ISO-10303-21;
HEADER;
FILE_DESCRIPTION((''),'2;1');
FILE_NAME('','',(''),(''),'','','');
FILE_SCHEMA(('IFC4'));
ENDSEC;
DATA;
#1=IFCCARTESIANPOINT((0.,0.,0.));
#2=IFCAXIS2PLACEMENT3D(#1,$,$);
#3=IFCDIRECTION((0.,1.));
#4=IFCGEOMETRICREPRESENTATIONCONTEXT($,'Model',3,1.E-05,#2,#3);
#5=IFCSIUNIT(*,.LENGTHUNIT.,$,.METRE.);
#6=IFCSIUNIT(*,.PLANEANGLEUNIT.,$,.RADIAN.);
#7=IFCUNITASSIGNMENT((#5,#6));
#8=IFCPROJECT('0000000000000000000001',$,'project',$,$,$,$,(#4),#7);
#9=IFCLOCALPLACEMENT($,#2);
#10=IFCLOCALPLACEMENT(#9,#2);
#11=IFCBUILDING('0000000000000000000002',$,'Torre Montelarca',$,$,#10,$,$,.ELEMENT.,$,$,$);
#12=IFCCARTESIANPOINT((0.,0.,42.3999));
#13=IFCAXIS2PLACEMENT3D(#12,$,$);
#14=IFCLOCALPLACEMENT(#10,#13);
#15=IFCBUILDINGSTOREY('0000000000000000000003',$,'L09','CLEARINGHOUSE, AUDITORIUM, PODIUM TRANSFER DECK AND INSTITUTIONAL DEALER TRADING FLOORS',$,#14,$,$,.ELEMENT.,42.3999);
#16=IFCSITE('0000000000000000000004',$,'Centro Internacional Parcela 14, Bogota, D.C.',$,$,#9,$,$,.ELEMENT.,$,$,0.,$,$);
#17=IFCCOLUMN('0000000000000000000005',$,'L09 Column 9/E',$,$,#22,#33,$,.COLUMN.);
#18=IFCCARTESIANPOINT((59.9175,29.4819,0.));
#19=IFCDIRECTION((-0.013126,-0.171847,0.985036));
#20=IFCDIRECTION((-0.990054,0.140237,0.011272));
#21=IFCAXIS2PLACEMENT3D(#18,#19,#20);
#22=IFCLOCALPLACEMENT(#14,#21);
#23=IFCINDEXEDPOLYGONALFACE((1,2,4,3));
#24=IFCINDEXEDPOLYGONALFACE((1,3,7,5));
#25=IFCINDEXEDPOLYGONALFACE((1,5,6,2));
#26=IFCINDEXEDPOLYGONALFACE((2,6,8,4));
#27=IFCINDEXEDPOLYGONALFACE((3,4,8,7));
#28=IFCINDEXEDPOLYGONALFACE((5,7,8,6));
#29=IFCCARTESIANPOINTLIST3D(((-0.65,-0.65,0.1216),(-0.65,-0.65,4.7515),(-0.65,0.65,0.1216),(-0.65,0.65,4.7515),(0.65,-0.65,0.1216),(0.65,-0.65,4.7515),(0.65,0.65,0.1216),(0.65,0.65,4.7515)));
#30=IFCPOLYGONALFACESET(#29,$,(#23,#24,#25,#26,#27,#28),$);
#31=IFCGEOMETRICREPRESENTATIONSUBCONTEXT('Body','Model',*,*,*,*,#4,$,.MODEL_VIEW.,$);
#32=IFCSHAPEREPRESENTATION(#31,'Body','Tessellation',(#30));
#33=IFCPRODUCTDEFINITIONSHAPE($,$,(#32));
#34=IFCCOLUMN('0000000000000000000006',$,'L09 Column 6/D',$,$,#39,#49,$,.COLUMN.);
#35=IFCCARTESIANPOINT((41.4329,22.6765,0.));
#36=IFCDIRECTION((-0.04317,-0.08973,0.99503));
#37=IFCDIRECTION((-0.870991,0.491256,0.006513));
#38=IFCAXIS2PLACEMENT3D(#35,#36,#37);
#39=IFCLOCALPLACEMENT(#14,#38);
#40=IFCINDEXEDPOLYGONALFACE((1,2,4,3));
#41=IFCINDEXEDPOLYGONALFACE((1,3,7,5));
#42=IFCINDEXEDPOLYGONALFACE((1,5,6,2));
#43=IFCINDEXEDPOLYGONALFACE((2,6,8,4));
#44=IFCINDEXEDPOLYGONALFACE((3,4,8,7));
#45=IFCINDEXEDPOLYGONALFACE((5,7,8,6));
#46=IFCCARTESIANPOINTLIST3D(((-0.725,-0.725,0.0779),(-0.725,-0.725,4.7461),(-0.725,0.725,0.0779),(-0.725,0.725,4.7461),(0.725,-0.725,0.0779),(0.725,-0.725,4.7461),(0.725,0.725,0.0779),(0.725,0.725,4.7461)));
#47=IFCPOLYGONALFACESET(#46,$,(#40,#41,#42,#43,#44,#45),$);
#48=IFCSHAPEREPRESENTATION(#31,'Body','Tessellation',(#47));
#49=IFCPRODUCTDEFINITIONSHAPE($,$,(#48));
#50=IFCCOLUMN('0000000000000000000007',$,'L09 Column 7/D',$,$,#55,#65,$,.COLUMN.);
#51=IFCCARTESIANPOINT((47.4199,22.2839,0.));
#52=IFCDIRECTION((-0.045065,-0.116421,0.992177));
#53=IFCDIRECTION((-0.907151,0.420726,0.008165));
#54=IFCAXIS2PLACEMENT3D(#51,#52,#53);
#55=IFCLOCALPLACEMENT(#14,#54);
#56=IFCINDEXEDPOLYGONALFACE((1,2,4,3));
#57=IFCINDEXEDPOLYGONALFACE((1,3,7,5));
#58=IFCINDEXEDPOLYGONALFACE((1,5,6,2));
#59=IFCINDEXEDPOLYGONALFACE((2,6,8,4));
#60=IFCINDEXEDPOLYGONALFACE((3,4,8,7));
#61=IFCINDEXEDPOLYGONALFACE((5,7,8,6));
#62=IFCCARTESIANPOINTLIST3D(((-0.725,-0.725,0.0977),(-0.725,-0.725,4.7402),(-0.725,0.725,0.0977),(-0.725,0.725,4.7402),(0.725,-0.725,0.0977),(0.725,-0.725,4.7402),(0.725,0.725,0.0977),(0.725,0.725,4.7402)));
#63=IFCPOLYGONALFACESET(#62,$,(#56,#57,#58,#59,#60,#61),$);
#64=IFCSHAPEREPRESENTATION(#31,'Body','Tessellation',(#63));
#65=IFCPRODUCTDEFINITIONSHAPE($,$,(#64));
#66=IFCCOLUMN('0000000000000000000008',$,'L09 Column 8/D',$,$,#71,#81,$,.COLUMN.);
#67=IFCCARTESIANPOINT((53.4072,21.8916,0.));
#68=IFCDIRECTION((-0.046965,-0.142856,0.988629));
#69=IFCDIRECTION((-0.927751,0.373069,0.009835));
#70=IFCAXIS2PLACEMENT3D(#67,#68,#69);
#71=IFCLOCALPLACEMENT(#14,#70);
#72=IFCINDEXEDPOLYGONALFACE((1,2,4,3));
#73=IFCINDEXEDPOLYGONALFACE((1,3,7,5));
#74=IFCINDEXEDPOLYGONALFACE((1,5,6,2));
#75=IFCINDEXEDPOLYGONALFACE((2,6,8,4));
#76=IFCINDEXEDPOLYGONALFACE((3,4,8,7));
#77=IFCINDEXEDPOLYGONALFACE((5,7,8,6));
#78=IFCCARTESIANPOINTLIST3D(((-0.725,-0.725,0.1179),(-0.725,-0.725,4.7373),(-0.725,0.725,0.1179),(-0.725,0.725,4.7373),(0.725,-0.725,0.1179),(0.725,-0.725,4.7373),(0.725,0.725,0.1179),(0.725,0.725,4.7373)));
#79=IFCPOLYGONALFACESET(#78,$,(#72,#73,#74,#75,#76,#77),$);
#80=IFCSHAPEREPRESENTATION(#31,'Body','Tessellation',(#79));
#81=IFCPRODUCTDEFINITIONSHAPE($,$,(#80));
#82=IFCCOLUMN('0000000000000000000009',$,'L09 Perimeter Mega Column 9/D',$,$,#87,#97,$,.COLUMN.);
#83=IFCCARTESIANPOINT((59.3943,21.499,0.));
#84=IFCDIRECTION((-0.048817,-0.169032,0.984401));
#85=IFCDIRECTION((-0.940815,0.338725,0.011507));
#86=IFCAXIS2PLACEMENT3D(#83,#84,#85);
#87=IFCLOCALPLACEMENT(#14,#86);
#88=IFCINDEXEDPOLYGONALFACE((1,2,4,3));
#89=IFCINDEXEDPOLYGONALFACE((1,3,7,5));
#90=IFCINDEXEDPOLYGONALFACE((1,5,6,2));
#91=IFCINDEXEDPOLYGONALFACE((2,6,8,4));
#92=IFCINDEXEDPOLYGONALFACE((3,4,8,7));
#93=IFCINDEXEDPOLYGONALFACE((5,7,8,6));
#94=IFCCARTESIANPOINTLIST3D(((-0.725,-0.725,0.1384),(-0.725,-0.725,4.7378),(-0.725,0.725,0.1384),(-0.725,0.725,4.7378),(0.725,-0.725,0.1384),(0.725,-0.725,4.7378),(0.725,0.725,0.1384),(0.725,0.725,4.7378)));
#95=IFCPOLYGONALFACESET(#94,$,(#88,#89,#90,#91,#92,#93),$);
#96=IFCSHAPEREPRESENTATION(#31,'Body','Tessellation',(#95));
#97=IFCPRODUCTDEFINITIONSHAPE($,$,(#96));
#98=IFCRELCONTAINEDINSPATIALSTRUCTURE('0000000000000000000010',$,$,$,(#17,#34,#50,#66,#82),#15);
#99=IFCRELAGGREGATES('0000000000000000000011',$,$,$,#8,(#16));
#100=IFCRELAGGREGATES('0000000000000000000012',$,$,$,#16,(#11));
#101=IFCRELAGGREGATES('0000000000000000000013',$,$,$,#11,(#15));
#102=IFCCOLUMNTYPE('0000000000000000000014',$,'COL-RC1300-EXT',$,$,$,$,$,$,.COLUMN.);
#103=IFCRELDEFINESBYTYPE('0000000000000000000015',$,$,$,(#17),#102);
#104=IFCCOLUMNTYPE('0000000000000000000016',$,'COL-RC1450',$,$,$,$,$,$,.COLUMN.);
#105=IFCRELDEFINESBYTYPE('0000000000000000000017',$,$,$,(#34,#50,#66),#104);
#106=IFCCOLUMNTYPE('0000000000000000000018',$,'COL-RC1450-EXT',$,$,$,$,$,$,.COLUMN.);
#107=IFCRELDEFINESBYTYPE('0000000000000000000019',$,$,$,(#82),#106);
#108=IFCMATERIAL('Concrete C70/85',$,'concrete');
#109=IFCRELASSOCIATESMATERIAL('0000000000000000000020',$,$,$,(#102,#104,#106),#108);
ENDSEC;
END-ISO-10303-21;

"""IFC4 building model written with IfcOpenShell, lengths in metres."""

from ifc_helpers import new_model, si_unit, direction, frame, origin, origin_2d, place, context, subcontext, project, spatial, rectangle, extrude, clip, halfspace, material, material_profile, profile_set, type_object, element, save


model = new_model("IFC4")

# Units and contexts
model_context = context("Model", 3, precision=1e-05, world=origin(), true_north=direction((0.0, 1.0)))
body_context = subcontext(model_context, "Body", "Model", "MODEL_VIEW")
ifc_project = project(units=[si_unit("LENGTHUNIT", "METRE"), si_unit("PLANEANGLEUNIT", "RADIAN")], contexts=[model_context])

# Site, building, storey
site_placement = place(None, origin())
site = spatial("IfcSite", under=ifc_project, at=site_placement, Name="Centro Internacional Parcela 14, Bogota, D.C.", CompositionType="ELEMENT", RefElevation=0.0)
building_placement = place(site_placement, origin())
building = spatial("IfcBuilding", under=site, at=building_placement, Name="Torre Montelarca", CompositionType="ELEMENT")
storey_placement = place(building_placement, frame((0.0, 0.0, 42.3999)))
storey = spatial("IfcBuildingStorey", under=building, at=storey_placement, Name="L09", Description="CLEARINGHOUSE, AUDITORIUM, PODIUM TRANSFER DECK AND INSTITUTIONAL DEALER TRADING FLOORS", CompositionType="ELEMENT", Elevation=42.3999)

# Columns
ifc_material_1 = material(Name="Concrete C70/85", Category="concrete")
ifc_material_profile_1 = material_profile(ifc_material_1, rectangle(XDim=1.3, YDim=1.3, at=origin_2d()), Name="RC1300X1300", Category="concrete")
ifc_profile_set_1 = profile_set([ifc_material_profile_1], Name="Concrete C70/85")
column_type_1 = type_object("IfcColumnType", Name="COL-RC1300-EXT", PredefinedType="COLUMN", material=ifc_profile_set_1)
column_1_placement = place(storey_placement, frame((59.9175, 29.4819, 0.0), z_axis=(-0.013126, -0.171847, 0.985036), x_axis=(-0.990054, 0.140237, 0.011272)))
element("IfcColumn", 1, at=column_1_placement, inside=storey, type_object=column_type_1, Name="L09 Column 9/E", PredefinedType="COLUMN", context=body_context, shape_type="Clipping", body=[
    clip(clip(extrude(rectangle(XDim=1.3, YDim=1.3, at=origin_2d()), origin(), (0.0, 0.0, 1.0), 4.873), halfspace(frame((0.0, 0.0, 0.1216), z_axis=(0.0, 0.0, -1.0), x_axis=(1.0, 0.0, 0.0)), False)), halfspace(frame((0.0, 0.0, 4.7515), z_axis=(0.0, 0.0, 1.0), x_axis=(1.0, 0.0, 0.0)), False)),
])
ifc_material_profile_2 = material_profile(ifc_material_1, rectangle(XDim=1.45, YDim=1.45, at=origin_2d()), Name="RC1450X1450", Category="concrete")
ifc_profile_set_2 = profile_set([ifc_material_profile_2], Name="Concrete C70/85")
column_type_2 = type_object("IfcColumnType", Name="COL-RC1450", PredefinedType="COLUMN", material=ifc_profile_set_2)
column_2_placement = place(storey_placement, frame((41.4329, 22.6765, 0.0), z_axis=(-0.04317, -0.08973, 0.99503), x_axis=(-0.870991, 0.491256, 0.006513)))
element("IfcColumn", 2, at=column_2_placement, inside=storey, type_object=column_type_2, Name="L09 Column 6/D", PredefinedType="COLUMN", context=body_context, shape_type="Clipping", body=[
    clip(clip(extrude(rectangle(XDim=1.45, YDim=1.45, at=origin_2d()), origin(), (0.0, 0.0, 1.0), 4.824), halfspace(frame((0.0, 0.0, 0.0779), z_axis=(0.0, 0.0, -1.0), x_axis=(1.0, 0.0, 0.0)), False)), halfspace(frame((0.0, 0.0, 4.7461), z_axis=(0.0, 0.0, 1.0), x_axis=(1.0, 0.0, 0.0)), False)),
])
column_3_placement = place(storey_placement, frame((47.4199, 22.2839, 0.0), z_axis=(-0.045065, -0.116421, 0.992177), x_axis=(-0.907151, 0.420726, 0.008165)))
element("IfcColumn", 3, at=column_3_placement, inside=storey, type_object=column_type_2, Name="L09 Column 7/D", PredefinedType="COLUMN", context=body_context, shape_type="Clipping", body=[
    clip(clip(extrude(rectangle(XDim=1.45, YDim=1.45, at=origin_2d()), origin(), (0.0, 0.0, 1.0), 4.8379), halfspace(frame((0.0, 0.0, 0.0977), z_axis=(0.0, 0.0, -1.0), x_axis=(1.0, 0.0, 0.0)), False)), halfspace(frame((0.0, 0.0, 4.7402), z_axis=(0.0, 0.0, 1.0), x_axis=(1.0, 0.0, 0.0)), False)),
])
column_4_placement = place(storey_placement, frame((53.4072, 21.8916, 0.0), z_axis=(-0.046965, -0.142856, 0.988629), x_axis=(-0.927751, 0.373069, 0.009835)))
element("IfcColumn", 4, at=column_4_placement, inside=storey, type_object=column_type_2, Name="L09 Column 8/D", PredefinedType="COLUMN", context=body_context, shape_type="Clipping", body=[
    clip(clip(extrude(rectangle(XDim=1.45, YDim=1.45, at=origin_2d()), origin(), (0.0, 0.0, 1.0), 4.8552), halfspace(frame((0.0, 0.0, 0.1179), z_axis=(0.0, 0.0, -1.0), x_axis=(1.0, 0.0, 0.0)), False)), halfspace(frame((0.0, 0.0, 4.7373), z_axis=(0.0, 0.0, 1.0), x_axis=(1.0, 0.0, 0.0)), False)),
])
ifc_material_profile_3 = material_profile(ifc_material_1, rectangle(XDim=1.45, YDim=1.45, at=origin_2d()), Name="RC1450X1450", Category="concrete")
ifc_profile_set_3 = profile_set([ifc_material_profile_3], Name="Concrete C70/85")
column_type_3 = type_object("IfcColumnType", Name="COL-RC1450-EXT", PredefinedType="COLUMN", material=ifc_profile_set_3)
column_5_placement = place(storey_placement, frame((59.3943, 21.499, 0.0), z_axis=(-0.048817, -0.169032, 0.984401), x_axis=(-0.940815, 0.338725, 0.011507)))
element("IfcColumn", 5, at=column_5_placement, inside=storey, type_object=column_type_3, Name="L09 Perimeter Mega Column 9/D", PredefinedType="COLUMN", context=body_context, shape_type="Clipping", body=[
    clip(clip(extrude(rectangle(XDim=1.45, YDim=1.45, at=origin_2d()), origin(), (0.0, 0.0, 1.0), 4.8762), halfspace(frame((0.0, 0.0, 0.1384), z_axis=(0.0, 0.0, -1.0), x_axis=(1.0, 0.0, 0.0)), False)), halfspace(frame((0.0, 0.0, 4.7378), z_axis=(0.0, 0.0, 1.0), x_axis=(1.0, 0.0, 0.0)), False)),
])

save(model, "model.ifc")
